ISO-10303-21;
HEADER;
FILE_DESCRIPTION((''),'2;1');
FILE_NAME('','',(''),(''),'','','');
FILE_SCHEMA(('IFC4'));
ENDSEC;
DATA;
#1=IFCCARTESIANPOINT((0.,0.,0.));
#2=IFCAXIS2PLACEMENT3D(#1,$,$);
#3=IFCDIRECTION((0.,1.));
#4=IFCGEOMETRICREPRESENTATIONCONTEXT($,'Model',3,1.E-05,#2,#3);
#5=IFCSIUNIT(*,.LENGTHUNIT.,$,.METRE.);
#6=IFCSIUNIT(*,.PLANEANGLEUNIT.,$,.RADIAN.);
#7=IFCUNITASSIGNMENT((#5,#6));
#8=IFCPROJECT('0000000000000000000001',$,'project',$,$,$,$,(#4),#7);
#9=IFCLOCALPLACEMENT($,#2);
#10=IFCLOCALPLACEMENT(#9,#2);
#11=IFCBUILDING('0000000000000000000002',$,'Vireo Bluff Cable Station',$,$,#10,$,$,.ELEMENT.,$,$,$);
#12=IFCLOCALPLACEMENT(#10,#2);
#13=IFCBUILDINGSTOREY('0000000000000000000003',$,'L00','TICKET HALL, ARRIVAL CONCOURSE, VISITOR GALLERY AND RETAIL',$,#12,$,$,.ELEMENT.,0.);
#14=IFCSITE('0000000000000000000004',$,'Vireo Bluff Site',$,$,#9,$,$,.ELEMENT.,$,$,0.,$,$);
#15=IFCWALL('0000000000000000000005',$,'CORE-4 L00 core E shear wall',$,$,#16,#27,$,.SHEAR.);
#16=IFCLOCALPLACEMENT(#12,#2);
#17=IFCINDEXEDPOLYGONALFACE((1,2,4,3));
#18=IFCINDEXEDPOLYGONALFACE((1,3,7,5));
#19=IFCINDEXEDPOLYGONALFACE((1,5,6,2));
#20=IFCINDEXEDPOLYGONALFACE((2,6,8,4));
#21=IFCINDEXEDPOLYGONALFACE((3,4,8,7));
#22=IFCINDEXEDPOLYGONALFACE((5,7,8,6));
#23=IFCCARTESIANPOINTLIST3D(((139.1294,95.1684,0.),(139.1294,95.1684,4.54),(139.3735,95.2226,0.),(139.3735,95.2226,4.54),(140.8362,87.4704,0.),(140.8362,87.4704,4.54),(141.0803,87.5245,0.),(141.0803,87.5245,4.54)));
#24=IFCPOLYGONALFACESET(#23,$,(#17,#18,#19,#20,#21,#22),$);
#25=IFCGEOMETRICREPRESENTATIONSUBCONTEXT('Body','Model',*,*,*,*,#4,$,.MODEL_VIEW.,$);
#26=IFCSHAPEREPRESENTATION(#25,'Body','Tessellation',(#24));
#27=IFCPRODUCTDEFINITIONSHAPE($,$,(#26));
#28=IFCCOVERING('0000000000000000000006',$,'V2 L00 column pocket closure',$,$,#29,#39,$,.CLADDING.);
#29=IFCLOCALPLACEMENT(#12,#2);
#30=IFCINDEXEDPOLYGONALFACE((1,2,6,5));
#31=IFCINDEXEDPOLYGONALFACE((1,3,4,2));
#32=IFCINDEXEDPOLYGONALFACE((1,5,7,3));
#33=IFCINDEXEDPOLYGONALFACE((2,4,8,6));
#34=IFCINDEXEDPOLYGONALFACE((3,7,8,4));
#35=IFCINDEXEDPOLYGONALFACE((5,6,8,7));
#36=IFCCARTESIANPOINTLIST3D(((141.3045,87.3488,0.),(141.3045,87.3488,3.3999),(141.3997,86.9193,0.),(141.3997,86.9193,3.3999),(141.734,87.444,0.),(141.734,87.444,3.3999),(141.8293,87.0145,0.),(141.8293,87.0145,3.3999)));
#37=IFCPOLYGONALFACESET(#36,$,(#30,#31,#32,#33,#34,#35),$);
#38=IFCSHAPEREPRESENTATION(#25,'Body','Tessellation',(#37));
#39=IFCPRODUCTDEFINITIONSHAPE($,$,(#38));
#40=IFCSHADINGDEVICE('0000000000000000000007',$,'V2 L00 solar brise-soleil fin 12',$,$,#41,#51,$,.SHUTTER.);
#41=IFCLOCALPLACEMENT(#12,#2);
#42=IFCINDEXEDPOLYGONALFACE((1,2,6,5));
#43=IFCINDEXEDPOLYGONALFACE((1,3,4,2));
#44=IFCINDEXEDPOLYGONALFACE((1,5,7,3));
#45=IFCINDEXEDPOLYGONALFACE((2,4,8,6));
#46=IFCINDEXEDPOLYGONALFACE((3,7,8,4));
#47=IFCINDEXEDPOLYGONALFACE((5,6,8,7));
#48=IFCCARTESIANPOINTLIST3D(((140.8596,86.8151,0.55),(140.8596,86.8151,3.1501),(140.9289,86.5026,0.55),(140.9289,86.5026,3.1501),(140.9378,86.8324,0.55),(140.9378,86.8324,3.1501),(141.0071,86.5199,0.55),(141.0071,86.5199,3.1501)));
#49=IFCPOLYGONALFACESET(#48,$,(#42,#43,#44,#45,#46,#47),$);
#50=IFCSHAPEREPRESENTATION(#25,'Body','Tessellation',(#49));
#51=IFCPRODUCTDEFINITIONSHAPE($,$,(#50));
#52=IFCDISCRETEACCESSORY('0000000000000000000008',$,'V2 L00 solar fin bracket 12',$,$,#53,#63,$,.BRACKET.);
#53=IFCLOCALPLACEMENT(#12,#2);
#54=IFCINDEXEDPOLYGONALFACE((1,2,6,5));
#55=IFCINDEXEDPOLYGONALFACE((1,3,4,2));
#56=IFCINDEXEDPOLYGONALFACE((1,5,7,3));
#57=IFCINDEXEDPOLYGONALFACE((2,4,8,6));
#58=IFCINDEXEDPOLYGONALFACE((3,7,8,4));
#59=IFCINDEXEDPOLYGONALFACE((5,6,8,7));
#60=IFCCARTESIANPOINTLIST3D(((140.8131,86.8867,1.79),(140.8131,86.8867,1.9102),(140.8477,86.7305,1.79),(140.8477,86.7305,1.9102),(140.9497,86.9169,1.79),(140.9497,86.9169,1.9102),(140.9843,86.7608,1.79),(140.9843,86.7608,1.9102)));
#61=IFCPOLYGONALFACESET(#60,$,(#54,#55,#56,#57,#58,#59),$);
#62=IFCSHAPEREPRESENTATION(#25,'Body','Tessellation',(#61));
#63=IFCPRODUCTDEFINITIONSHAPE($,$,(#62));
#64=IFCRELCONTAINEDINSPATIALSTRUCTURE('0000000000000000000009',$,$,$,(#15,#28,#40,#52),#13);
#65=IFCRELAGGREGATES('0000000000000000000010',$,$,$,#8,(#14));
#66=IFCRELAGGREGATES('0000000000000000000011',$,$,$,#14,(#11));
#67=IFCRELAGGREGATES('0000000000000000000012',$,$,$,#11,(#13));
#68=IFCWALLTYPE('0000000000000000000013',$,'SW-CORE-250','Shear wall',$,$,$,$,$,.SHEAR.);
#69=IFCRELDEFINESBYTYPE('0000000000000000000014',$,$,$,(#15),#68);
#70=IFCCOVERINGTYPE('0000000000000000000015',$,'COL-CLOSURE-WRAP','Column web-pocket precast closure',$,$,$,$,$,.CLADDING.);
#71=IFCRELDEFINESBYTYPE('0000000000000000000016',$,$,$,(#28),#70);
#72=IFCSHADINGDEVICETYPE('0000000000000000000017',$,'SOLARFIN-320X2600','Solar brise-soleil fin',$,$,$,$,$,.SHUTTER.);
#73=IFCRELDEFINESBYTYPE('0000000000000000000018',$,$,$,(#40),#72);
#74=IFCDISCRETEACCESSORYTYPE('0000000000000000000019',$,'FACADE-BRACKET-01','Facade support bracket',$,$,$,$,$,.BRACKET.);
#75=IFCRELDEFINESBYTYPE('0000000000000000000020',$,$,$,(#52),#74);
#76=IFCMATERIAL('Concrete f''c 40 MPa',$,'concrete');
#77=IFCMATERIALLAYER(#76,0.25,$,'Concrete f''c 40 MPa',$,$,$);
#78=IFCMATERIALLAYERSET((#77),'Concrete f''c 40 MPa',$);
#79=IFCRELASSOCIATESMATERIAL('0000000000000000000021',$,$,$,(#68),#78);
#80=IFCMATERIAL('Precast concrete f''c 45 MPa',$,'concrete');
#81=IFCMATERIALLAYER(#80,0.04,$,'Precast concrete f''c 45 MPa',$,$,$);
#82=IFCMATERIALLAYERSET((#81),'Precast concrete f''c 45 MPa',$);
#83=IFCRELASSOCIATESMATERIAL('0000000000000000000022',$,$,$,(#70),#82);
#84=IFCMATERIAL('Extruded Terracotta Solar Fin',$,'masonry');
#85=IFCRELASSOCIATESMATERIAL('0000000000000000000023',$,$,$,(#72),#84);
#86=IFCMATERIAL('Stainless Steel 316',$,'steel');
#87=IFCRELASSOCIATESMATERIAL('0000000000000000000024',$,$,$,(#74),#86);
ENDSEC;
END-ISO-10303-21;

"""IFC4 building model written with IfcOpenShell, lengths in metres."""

from ifc_helpers import new_model, si_unit, direction, frame, frame_2d, origin, origin_2d, place, context, subcontext, project, spatial, rectangle, extrude, material, layer, layer_set, type_object, element, save


model = new_model("IFC4")

# Units and contexts
model_context = context("Model", 3, precision=1e-05, world=origin(), true_north=direction((0.0, 1.0)))
body_context = subcontext(model_context, "Body", "Model", "MODEL_VIEW")
ifc_project = project(units=[si_unit("LENGTHUNIT", "METRE"), si_unit("PLANEANGLEUNIT", "RADIAN")], contexts=[model_context])

# Site, building, storey
site_placement = place(None, origin())
site = spatial("IfcSite", under=ifc_project, at=site_placement, Name="Vireo Bluff Site", CompositionType="ELEMENT", RefElevation=0.0)
building_placement = place(site_placement, origin())
building = spatial("IfcBuilding", under=site, at=building_placement, Name="Vireo Bluff Cable Station", CompositionType="ELEMENT")
storey_placement = place(building_placement, origin())
storey = spatial("IfcBuildingStorey", under=building, at=storey_placement, Name="L00", Description="TICKET HALL, ARRIVAL CONCOURSE, VISITOR GALLERY AND RETAIL", CompositionType="ELEMENT", Elevation=0.0)

# Shared definitions
ifc_material_1 = material(Name="Concrete f'c 40 MPa", Category="concrete")

# Wall
ifc_material_2 = material(Name="Precast concrete f'c 45 MPa", Category="concrete")
ifc_layer_1 = layer(ifc_material_1, 0.25, Name="Concrete f'c 40 MPa")
ifc_layer_set_1 = layer_set([ifc_layer_1], Name="Concrete f'c 40 MPa")
wall_type_1 = type_object("IfcWallType", Name="SW-CORE-250", Description="Shear wall", PredefinedType="SHEAR", material=ifc_layer_set_1)
wall_1_placement = place(storey_placement, frame((140.9583, 87.4976, 0.0), z_axis=(0.0, 0.0, 1.0), x_axis=(-0.216462, 0.976291, 0.0)))
element("IfcWall", 1, at=wall_1_placement, inside=storey, type_object=wall_type_1, Name="CORE-4 L00 core E shear wall", PredefinedType="SHEAR", context=body_context, shape_type="SweptSolid", body=[
    extrude(rectangle(XDim=7.885, YDim=0.25, at=frame_2d((3.9424, 0.0))), origin(), (0.0, 0.0, 1.0), 4.54),
])

# Covering
ifc_layer_2 = layer(ifc_material_2, 0.04, Name="Precast concrete f'c 45 MPa")
ifc_layer_set_2 = layer_set([ifc_layer_2], Name="Precast concrete f'c 45 MPa")
covering_type = type_object("IfcCoveringType", Name="COL-CLOSURE-WRAP", Description="Column web-pocket precast closure", PredefinedType="CLADDING", material=ifc_layer_set_2)
covering_placement = place(storey_placement, frame((141.5669, 87.1816, 0.0), z_axis=(0.0, 0.0, 1.0), x_axis=(0.976296, 0.21644, 0.0)))
element("IfcCovering", 2, at=covering_placement, inside=storey, type_object=covering_type, Name="V2 L00 column pocket closure", PredefinedType="CLADDING", context=body_context, shape_type="SweptSolid", body=[
    extrude(rectangle(XDim=0.4399, YDim=0.4399, at=origin_2d()), origin(), (0.0, 0.0, 1.0), 3.3999),
])

# Shading device
ifc_material_3 = material(Name="Extruded Terracotta Solar Fin", Category="masonry")
shading_device_type = type_object("IfcShadingDeviceType", Name="SOLARFIN-320X2600", Description="Solar brise-soleil fin", PredefinedType="SHUTTER", material=ifc_material_3)
shading_device_placement = place(storey_placement, frame((140.9333, 86.6675, 0.55), z_axis=(0.0, 0.0, 1.0), x_axis=(-0.976296, -0.21644, 0.0)))
element("IfcShadingDevice", 3, at=shading_device_placement, inside=storey, type_object=shading_device_type, Name="V2 L00 solar brise-soleil fin 12", PredefinedType="SHUTTER", context=body_context, shape_type="SweptSolid", body=[
    extrude(rectangle(XDim=0.0801, YDim=0.3201, at=origin_2d()), origin(), (0.0, 0.0, 1.0), 2.6001),
])

# Discrete accessory
ifc_material_4 = material(Name="Stainless Steel 316", Category="steel")
discrete_accessory_type = type_object("IfcDiscreteAccessoryType", Name="FACADE-BRACKET-01", Description="Facade support bracket", PredefinedType="BRACKET", material=ifc_material_4)
discrete_accessory_placement = place(storey_placement, frame((140.8987, 86.8237, 1.79), z_axis=(0.0, 0.0, 1.0), x_axis=(-0.976296, -0.21644, 0.0)))
element("IfcDiscreteAccessory", 4, at=discrete_accessory_placement, inside=storey, type_object=discrete_accessory_type, Name="V2 L00 solar fin bracket 12", PredefinedType="BRACKET", context=body_context, shape_type="SweptSolid", body=[
    extrude(rectangle(XDim=0.1399, YDim=0.1599, at=origin_2d()), origin(), (0.0, 0.0, 1.0), 0.1201),
])

save(model, "model.ifc")
